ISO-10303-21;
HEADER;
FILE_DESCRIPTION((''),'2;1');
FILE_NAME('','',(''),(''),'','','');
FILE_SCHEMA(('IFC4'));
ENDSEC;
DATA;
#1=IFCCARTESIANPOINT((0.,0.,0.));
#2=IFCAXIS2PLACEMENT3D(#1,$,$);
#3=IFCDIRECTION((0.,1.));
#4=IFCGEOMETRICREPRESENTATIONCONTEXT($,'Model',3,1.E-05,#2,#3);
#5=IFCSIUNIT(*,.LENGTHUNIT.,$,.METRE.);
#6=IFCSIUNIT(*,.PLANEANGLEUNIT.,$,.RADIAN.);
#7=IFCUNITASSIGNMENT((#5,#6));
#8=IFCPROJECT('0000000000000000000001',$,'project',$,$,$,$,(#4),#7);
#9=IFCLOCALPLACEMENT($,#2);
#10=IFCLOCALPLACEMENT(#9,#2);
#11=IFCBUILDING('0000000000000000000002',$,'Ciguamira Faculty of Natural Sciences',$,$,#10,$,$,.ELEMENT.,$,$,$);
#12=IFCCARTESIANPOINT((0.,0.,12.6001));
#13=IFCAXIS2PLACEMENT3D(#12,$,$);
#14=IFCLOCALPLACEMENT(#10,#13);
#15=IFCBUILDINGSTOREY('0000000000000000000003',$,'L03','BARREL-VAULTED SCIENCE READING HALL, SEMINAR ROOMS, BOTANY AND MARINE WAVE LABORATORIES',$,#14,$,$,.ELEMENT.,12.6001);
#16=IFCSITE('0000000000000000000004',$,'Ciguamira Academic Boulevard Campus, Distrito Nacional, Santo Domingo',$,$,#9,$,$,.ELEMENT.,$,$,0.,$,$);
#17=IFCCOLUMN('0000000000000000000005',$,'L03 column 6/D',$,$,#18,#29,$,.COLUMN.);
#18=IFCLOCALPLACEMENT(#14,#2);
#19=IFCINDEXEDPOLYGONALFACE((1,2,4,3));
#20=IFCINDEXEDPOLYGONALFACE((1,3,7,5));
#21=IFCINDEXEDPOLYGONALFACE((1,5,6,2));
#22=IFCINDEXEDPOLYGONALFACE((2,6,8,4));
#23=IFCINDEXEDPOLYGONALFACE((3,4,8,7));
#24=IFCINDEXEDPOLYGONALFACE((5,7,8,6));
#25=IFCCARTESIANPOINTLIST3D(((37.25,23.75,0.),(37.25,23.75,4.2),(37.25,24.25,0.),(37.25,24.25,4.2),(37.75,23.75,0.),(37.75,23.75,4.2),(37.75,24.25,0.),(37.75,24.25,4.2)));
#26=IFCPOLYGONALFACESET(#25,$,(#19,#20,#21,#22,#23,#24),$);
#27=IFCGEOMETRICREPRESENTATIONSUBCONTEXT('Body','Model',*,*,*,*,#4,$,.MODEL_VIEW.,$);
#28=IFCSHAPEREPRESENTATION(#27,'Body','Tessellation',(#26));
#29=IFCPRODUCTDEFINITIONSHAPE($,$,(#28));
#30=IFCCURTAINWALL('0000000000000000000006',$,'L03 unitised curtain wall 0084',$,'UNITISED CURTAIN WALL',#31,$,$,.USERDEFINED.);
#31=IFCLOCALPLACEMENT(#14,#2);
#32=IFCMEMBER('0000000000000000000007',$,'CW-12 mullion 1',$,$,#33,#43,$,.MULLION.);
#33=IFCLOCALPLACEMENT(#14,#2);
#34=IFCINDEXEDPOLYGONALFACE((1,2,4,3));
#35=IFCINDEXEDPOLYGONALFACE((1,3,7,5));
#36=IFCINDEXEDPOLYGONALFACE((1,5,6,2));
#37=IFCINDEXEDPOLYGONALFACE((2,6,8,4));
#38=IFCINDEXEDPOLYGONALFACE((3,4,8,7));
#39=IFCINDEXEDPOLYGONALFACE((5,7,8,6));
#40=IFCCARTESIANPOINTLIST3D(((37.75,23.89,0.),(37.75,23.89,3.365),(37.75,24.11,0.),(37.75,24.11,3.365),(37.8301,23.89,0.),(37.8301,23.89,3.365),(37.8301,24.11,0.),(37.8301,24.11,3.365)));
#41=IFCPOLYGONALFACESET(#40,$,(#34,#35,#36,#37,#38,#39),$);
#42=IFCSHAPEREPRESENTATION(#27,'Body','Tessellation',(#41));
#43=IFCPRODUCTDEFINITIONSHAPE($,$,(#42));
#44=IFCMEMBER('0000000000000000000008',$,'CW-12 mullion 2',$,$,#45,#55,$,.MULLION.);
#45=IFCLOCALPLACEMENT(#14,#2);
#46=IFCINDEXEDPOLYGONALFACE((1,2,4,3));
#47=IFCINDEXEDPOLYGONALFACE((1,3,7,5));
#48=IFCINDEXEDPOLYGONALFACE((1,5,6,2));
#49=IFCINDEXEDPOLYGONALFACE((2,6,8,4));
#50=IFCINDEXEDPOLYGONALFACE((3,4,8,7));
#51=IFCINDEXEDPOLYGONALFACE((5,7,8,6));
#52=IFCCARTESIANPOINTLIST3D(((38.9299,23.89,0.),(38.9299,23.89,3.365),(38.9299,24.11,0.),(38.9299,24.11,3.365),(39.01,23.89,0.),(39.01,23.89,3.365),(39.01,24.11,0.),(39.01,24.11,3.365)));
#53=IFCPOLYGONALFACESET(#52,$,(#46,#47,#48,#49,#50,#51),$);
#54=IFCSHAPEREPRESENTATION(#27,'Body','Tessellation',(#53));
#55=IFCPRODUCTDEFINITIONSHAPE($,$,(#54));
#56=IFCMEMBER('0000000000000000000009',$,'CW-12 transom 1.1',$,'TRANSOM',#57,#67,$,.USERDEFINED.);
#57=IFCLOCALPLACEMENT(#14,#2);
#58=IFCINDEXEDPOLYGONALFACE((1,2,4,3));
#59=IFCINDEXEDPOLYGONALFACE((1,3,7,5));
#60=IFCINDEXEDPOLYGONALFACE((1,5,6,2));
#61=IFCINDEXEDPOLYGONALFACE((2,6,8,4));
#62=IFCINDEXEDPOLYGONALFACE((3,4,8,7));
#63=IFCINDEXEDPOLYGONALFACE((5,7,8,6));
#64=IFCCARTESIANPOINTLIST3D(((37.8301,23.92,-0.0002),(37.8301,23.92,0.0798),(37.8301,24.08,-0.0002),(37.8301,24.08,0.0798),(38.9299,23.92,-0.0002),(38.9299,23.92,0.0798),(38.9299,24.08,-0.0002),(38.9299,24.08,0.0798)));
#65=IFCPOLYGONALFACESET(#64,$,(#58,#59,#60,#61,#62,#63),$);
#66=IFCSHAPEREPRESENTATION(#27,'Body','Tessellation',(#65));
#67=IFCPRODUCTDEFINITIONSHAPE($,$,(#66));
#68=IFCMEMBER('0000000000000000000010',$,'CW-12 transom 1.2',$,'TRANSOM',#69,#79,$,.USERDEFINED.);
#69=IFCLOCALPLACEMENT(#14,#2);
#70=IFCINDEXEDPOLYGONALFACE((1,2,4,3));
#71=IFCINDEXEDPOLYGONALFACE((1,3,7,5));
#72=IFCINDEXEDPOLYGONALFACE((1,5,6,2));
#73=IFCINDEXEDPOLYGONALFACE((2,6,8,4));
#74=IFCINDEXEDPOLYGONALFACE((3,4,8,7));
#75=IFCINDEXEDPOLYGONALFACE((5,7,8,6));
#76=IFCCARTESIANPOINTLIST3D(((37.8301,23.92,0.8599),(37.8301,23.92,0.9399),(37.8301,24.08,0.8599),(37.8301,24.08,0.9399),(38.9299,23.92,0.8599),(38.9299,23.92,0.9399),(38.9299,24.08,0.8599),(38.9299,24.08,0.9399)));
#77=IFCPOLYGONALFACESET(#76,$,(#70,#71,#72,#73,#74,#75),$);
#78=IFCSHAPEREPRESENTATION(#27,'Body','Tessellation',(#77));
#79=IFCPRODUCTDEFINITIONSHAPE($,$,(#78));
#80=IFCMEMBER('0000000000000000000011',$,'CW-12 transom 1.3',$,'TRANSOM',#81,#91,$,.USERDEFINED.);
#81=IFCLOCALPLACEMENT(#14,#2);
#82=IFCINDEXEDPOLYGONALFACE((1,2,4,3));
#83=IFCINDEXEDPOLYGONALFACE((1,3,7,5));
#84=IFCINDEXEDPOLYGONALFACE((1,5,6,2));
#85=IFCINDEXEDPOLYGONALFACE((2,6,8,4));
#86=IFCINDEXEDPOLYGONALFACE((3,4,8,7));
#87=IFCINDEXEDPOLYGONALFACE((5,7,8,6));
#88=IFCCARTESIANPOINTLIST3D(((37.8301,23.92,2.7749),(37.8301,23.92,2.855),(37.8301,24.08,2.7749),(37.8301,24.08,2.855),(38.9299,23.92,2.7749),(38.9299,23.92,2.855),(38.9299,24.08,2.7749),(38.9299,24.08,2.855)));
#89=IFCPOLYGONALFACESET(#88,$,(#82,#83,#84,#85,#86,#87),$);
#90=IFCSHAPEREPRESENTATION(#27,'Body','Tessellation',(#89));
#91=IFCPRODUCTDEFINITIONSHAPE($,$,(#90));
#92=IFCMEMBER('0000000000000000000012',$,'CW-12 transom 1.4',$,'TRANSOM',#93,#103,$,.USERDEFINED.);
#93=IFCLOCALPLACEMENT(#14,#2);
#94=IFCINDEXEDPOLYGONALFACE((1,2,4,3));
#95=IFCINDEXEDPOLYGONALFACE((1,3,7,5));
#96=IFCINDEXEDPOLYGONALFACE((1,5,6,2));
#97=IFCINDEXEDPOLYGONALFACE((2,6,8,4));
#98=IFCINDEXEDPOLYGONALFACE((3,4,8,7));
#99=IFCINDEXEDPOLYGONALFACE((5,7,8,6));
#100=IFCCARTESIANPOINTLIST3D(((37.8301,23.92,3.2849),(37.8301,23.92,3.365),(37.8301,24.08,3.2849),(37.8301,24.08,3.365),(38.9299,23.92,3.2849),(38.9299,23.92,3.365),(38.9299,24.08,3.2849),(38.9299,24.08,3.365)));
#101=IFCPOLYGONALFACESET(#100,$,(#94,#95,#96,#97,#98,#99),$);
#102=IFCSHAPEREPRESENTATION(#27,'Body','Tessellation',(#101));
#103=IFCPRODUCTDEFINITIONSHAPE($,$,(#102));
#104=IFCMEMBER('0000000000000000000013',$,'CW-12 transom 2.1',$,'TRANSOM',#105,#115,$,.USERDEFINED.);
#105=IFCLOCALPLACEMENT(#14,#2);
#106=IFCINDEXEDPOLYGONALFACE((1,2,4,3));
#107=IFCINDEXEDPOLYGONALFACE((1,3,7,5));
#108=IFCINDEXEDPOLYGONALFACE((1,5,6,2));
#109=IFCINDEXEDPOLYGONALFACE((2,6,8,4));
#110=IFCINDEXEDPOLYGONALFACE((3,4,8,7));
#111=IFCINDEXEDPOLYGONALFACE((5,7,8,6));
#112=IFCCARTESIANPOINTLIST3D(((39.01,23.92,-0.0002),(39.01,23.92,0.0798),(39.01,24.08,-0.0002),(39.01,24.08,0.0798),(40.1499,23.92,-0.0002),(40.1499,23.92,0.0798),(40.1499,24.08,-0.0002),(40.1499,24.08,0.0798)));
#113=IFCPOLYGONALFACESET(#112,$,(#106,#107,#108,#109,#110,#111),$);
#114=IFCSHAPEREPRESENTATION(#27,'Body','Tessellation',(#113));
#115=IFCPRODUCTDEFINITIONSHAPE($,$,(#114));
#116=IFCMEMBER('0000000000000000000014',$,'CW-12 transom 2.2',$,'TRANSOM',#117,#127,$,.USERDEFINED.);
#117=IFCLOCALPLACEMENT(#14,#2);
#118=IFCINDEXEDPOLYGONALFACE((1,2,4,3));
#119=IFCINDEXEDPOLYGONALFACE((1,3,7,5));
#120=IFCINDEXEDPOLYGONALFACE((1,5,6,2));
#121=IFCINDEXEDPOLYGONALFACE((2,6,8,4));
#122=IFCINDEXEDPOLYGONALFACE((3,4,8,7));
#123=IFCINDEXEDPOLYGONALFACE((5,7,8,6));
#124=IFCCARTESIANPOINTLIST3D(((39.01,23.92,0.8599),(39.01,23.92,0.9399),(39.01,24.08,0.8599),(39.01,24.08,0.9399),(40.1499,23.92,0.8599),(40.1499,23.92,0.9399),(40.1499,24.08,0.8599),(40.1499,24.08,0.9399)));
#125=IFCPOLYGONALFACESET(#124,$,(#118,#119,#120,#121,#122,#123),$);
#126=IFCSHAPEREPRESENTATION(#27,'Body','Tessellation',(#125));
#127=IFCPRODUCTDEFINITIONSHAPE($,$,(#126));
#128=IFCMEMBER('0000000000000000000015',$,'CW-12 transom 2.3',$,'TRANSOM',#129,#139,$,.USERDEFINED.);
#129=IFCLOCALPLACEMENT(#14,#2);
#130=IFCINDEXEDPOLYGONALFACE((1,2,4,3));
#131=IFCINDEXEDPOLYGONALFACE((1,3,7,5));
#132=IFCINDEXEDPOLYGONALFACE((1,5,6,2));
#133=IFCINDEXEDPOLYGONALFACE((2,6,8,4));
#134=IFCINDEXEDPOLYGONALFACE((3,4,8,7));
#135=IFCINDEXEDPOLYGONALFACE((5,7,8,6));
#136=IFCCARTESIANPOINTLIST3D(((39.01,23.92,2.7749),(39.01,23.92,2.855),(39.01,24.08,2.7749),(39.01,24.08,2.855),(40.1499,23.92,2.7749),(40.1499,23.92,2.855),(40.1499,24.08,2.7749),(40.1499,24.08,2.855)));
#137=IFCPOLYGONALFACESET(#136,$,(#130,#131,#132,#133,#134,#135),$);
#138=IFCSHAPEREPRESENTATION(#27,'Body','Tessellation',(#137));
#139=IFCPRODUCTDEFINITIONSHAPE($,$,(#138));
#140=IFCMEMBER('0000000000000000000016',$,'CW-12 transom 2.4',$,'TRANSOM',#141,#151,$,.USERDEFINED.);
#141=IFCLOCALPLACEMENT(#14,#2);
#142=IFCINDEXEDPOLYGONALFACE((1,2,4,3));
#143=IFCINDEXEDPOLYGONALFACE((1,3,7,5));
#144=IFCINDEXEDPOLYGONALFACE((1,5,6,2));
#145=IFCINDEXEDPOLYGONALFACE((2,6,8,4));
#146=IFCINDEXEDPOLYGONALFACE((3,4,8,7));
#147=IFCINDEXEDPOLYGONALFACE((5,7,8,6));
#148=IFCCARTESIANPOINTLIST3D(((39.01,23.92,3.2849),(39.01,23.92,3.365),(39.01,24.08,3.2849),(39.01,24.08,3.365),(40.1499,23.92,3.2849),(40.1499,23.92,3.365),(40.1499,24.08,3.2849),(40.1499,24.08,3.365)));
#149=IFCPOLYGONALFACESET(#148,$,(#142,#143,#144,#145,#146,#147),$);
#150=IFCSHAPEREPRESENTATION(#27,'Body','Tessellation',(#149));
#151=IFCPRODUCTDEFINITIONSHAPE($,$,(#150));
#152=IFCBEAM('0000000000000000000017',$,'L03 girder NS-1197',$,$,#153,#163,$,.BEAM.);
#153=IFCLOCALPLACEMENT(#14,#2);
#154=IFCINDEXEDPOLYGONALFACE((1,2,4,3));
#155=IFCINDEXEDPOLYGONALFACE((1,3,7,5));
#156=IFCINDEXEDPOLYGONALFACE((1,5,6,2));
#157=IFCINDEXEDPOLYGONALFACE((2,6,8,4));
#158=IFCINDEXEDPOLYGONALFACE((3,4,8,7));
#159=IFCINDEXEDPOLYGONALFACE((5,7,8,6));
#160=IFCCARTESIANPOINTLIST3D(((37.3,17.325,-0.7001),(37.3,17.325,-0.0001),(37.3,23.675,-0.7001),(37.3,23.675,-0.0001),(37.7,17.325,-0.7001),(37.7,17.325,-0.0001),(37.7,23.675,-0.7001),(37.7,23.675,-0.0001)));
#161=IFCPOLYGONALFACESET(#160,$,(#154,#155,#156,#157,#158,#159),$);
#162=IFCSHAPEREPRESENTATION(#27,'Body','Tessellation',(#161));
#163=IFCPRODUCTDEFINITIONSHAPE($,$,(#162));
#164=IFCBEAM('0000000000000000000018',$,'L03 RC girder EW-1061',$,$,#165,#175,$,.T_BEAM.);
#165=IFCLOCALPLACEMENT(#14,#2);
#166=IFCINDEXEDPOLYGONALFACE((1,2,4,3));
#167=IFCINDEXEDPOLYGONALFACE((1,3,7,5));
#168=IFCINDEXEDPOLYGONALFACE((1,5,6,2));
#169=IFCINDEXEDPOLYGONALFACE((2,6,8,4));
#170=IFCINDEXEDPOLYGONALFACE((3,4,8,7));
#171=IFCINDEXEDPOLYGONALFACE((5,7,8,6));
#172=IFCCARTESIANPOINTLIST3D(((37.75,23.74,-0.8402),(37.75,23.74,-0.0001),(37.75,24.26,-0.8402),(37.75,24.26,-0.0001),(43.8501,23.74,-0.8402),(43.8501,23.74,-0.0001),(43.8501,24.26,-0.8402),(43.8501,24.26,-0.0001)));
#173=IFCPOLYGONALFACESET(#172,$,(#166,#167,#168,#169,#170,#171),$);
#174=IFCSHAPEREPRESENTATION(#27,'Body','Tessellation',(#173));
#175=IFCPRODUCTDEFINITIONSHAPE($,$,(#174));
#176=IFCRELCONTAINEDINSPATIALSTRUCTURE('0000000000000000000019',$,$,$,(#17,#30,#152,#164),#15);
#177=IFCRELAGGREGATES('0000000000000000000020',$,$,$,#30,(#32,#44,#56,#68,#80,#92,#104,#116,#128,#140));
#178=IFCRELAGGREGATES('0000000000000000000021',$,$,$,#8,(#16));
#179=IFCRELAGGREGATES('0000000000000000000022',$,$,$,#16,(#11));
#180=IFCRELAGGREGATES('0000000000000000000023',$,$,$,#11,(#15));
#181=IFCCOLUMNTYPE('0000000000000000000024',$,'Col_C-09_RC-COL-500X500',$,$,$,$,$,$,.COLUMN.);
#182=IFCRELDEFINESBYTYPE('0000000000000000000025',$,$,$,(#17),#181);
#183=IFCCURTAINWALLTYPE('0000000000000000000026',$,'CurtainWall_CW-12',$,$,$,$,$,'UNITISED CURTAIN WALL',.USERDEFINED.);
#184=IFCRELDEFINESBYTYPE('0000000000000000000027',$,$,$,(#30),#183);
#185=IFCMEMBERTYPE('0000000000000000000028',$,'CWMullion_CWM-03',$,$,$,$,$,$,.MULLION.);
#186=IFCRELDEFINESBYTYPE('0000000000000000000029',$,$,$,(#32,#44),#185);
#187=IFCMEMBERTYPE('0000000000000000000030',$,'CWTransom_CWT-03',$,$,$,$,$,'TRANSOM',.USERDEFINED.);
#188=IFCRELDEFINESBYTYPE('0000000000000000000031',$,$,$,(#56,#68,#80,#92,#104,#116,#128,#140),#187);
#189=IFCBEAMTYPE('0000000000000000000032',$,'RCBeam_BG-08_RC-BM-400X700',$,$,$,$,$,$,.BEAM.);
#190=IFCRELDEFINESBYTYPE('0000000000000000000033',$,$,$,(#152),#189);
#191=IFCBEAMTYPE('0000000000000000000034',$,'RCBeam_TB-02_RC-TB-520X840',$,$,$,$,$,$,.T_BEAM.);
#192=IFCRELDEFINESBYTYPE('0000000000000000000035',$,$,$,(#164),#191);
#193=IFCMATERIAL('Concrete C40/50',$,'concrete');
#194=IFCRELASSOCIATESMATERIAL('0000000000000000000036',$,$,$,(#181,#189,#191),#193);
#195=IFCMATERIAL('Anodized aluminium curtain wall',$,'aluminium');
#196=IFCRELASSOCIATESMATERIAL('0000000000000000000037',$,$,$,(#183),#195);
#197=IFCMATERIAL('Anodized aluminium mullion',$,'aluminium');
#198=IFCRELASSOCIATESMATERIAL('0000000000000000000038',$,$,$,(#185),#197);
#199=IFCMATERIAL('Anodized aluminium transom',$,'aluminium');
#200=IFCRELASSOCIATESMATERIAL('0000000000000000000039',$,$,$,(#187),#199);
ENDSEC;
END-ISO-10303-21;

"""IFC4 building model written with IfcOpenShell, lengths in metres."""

from ifc_helpers import new_model, si_unit, direction, frame, origin, origin_2d, place, context, subcontext, project, spatial, rectangle, extrude, material, material_profile, profile_set, type_object, element, aggregate, save


model = new_model("IFC4")

# Units and contexts
model_context = context("Model", 3, precision=1e-05, world=origin(), true_north=direction((0.0, 1.0)))
body_context = subcontext(model_context, "Body", "Model", "MODEL_VIEW")
ifc_project = project(units=[si_unit("LENGTHUNIT", "METRE"), si_unit("PLANEANGLEUNIT", "RADIAN")], contexts=[model_context])

# Site, building, storey
site_placement = place(None, origin())
site = spatial("IfcSite", under=ifc_project, at=site_placement, Name="Ciguamira Academic Boulevard Campus, Distrito Nacional, Santo Domingo", CompositionType="ELEMENT", RefElevation=0.0)
building_placement = place(site_placement, origin())
building = spatial("IfcBuilding", under=site, at=building_placement, Name="Ciguamira Faculty of Natural Sciences", CompositionType="ELEMENT")
storey_placement = place(building_placement, frame((0.0, 0.0, 12.6001)))
storey = spatial("IfcBuildingStorey", under=building, at=storey_placement, Name="L03", Description="BARREL-VAULTED SCIENCE READING HALL, SEMINAR ROOMS, BOTANY AND MARINE WAVE LABORATORIES", CompositionType="ELEMENT", Elevation=12.6001)

# Column
ifc_material_1 = material(Name="Concrete C40/50", Category="concrete")
ifc_material_profile_1 = material_profile(ifc_material_1, rectangle(XDim=0.5, YDim=0.5, at=origin_2d()), Name="RC-COL-500X500")
ifc_profile_set_1 = profile_set([ifc_material_profile_1], Name="Concrete C40/50")
column_type = type_object("IfcColumnType", Name="Col_C-09_RC-COL-500X500", PredefinedType="COLUMN", material=ifc_profile_set_1)
column_placement = place(storey_placement, frame((37.5, 24.0, 0.0), z_axis=(0.0, 0.0, 1.0), x_axis=(1.0, 0.0, 0.0)))
element("IfcColumn", 1, at=column_placement, inside=storey, type_object=column_type, Name="L03 column 6/D", PredefinedType="COLUMN", context=body_context, shape_type="SweptSolid", body=[
    extrude(rectangle(XDim=0.5, YDim=0.5, at=origin_2d()), origin(), (0.0, 0.0, 1.0), 4.2),
])

# Curtain wall, members
ifc_material_2 = material(Name="Anodized aluminium curtain wall", Category="aluminium")
curtain_wall_type = type_object("IfcCurtainWallType", Name="CurtainWall_CW-12", ElementType="UNITISED CURTAIN WALL", PredefinedType="USERDEFINED", material=ifc_material_2)
curtain_wall_placement = place(storey_placement, origin())
curtain_wall = element("IfcCurtainWall", 2, at=curtain_wall_placement, inside=storey, type_object=curtain_wall_type, Name="L03 unitised curtain wall 0084", ObjectType="UNITISED CURTAIN WALL", PredefinedType="USERDEFINED")
ifc_material_3 = material(Name="Anodized aluminium mullion", Category="aluminium")
ifc_material_profile_2 = material_profile(ifc_material_3, rectangle(XDim=0.0801, YDim=0.22, at=origin_2d()), Name="ALU-MUL-80X220")
ifc_profile_set_2 = profile_set([ifc_material_profile_2], Name="Anodized aluminium mullion")
member_type_1 = type_object("IfcMemberType", Name="CWMullion_CWM-03", PredefinedType="MULLION", material=ifc_profile_set_2)
member_1_placement = place(storey_placement, frame((37.79, 24.0, 0.0), z_axis=(0.0, 0.0, 1.0), x_axis=(1.0, 0.0, 0.0)))
member_1 = element("IfcMember", 3, at=member_1_placement, type_object=member_type_1, Name="CW-12 mullion 1", PredefinedType="MULLION", context=body_context, shape_type="SweptSolid", body=[
    extrude(rectangle(XDim=0.0801, YDim=0.22, at=origin_2d()), origin(), (0.0, 0.0, 1.0), 3.365),
])
member_2_placement = place(storey_placement, frame((38.97, 24.0, 0.0), z_axis=(0.0, 0.0, 1.0), x_axis=(1.0, 0.0, 0.0)))
member_2 = element("IfcMember", 4, at=member_2_placement, type_object=member_type_1, Name="CW-12 mullion 2", PredefinedType="MULLION", context=body_context, shape_type="SweptSolid", body=[
    extrude(rectangle(XDim=0.0801, YDim=0.22, at=origin_2d()), origin(), (0.0, 0.0, 1.0), 3.365),
])
ifc_material_4 = material(Name="Anodized aluminium transom", Category="aluminium")
ifc_material_profile_3 = material_profile(ifc_material_4, rectangle(XDim=0.0801, YDim=0.1599, at=origin_2d()), Name="ALU-TRN-80X160")
ifc_profile_set_3 = profile_set([ifc_material_profile_3], Name="Anodized aluminium transom")
member_type_2 = type_object("IfcMemberType", Name="CWTransom_CWT-03", ElementType="TRANSOM", PredefinedType="USERDEFINED", material=ifc_profile_set_3)
member_3_placement = place(storey_placement, frame((37.8301, 24.0, 0.0398), z_axis=(1.0, 0.0, 0.0), x_axis=(0.0, 0.0, 1.0)))
member_3 = element("IfcMember", 5, at=member_3_placement, type_object=member_type_2, Name="CW-12 transom 1.1", ObjectType="TRANSOM", PredefinedType="USERDEFINED", context=body_context, shape_type="SweptSolid", body=[
    extrude(rectangle(XDim=0.0801, YDim=0.1599, at=origin_2d()), origin(), (0.0, 0.0, 1.0), 1.0999),
])
member_4_placement = place(storey_placement, frame((37.8301, 24.0, 0.8999), z_axis=(1.0, 0.0, 0.0), x_axis=(0.0, 0.0, 1.0)))
member_4 = element("IfcMember", 6, at=member_4_placement, type_object=member_type_2, Name="CW-12 transom 1.2", ObjectType="TRANSOM", PredefinedType="USERDEFINED", context=body_context, shape_type="SweptSolid", body=[
    extrude(rectangle(XDim=0.0801, YDim=0.1599, at=origin_2d()), origin(), (0.0, 0.0, 1.0), 1.0999),
])
member_5_placement = place(storey_placement, frame((37.8301, 24.0, 2.8149), z_axis=(1.0, 0.0, 0.0), x_axis=(0.0, 0.0, 1.0)))
member_5 = element("IfcMember", 7, at=member_5_placement, type_object=member_type_2, Name="CW-12 transom 1.3", ObjectType="TRANSOM", PredefinedType="USERDEFINED", context=body_context, shape_type="SweptSolid", body=[
    extrude(rectangle(XDim=0.0801, YDim=0.1599, at=origin_2d()), origin(), (0.0, 0.0, 1.0), 1.0999),
])
member_6_placement = place(storey_placement, frame((37.8301, 24.0, 3.325), z_axis=(1.0, 0.0, 0.0), x_axis=(0.0, 0.0, 1.0)))
member_6 = element("IfcMember", 8, at=member_6_placement, type_object=member_type_2, Name="CW-12 transom 1.4", ObjectType="TRANSOM", PredefinedType="USERDEFINED", context=body_context, shape_type="SweptSolid", body=[
    extrude(rectangle(XDim=0.0801, YDim=0.1599, at=origin_2d()), origin(), (0.0, 0.0, 1.0), 1.0999),
])
member_7_placement = place(storey_placement, frame((39.01, 24.0, 0.0398), z_axis=(1.0, 0.0, 0.0), x_axis=(0.0, 0.0, 1.0)))
member_7 = element("IfcMember", 9, at=member_7_placement, type_object=member_type_2, Name="CW-12 transom 2.1", ObjectType="TRANSOM", PredefinedType="USERDEFINED", context=body_context, shape_type="SweptSolid", body=[
    extrude(rectangle(XDim=0.0801, YDim=0.1599, at=origin_2d()), origin(), (0.0, 0.0, 1.0), 1.1399),
])
member_8_placement = place(storey_placement, frame((39.01, 24.0, 0.8999), z_axis=(1.0, 0.0, 0.0), x_axis=(0.0, 0.0, 1.0)))
member_8 = element("IfcMember", 10, at=member_8_placement, type_object=member_type_2, Name="CW-12 transom 2.2", ObjectType="TRANSOM", PredefinedType="USERDEFINED", context=body_context, shape_type="SweptSolid", body=[
    extrude(rectangle(XDim=0.0801, YDim=0.1599, at=origin_2d()), origin(), (0.0, 0.0, 1.0), 1.1399),
])
member_9_placement = place(storey_placement, frame((39.01, 24.0, 2.8149), z_axis=(1.0, 0.0, 0.0), x_axis=(0.0, 0.0, 1.0)))
member_9 = element("IfcMember", 11, at=member_9_placement, type_object=member_type_2, Name="CW-12 transom 2.3", ObjectType="TRANSOM", PredefinedType="USERDEFINED", context=body_context, shape_type="SweptSolid", body=[
    extrude(rectangle(XDim=0.0801, YDim=0.1599, at=origin_2d()), origin(), (0.0, 0.0, 1.0), 1.1399),
])
member_10_placement = place(storey_placement, frame((39.01, 24.0, 3.325), z_axis=(1.0, 0.0, 0.0), x_axis=(0.0, 0.0, 1.0)))
member_10 = element("IfcMember", 12, at=member_10_placement, type_object=member_type_2, Name="CW-12 transom 2.4", ObjectType="TRANSOM", PredefinedType="USERDEFINED", context=body_context, shape_type="SweptSolid", body=[
    extrude(rectangle(XDim=0.0801, YDim=0.1599, at=origin_2d()), origin(), (0.0, 0.0, 1.0), 1.1399),
])

# Beams
ifc_material_profile_4 = material_profile(ifc_material_1, rectangle(XDim=0.3999, YDim=0.7, at=origin_2d()), Name="RC-BM-400X700")
ifc_profile_set_4 = profile_set([ifc_material_profile_4], Name="Concrete C40/50")
beam_type_1 = type_object("IfcBeamType", Name="RCBeam_BG-08_RC-BM-400X700", PredefinedType="BEAM", material=ifc_profile_set_4)
beam_1_placement = place(storey_placement, frame((37.5, 17.325, -0.3501), z_axis=(0.0, 1.0, 0.0), x_axis=(-1.0, 0.0, 0.0)))
element("IfcBeam", 13, at=beam_1_placement, inside=storey, type_object=beam_type_1, Name="L03 girder NS-1197", PredefinedType="BEAM", context=body_context, shape_type="SweptSolid", body=[
    extrude(rectangle(XDim=0.3999, YDim=0.7, at=origin_2d()), origin(), (0.0, 0.0, 1.0), 6.3501),
])
ifc_material_profile_5 = material_profile(ifc_material_1, rectangle(XDim=0.52, YDim=0.8401, at=origin_2d()), Name="RC-TB-520X840")
ifc_profile_set_5 = profile_set([ifc_material_profile_5], Name="Concrete C40/50")
beam_type_2 = type_object("IfcBeamType", Name="RCBeam_TB-02_RC-TB-520X840", PredefinedType="T_BEAM", material=ifc_profile_set_5)
beam_2_placement = place(storey_placement, frame((37.75, 24.0, -0.4202), z_axis=(1.0, 0.0, 0.0), x_axis=(0.0, 1.0, 0.0)))
element("IfcBeam", 14, at=beam_2_placement, inside=storey, type_object=beam_type_2, Name="L03 RC girder EW-1061", PredefinedType="T_BEAM", context=body_context, shape_type="SweptSolid", body=[
    extrude(rectangle(XDim=0.52, YDim=0.8401, at=origin_2d()), origin(), (0.0, 0.0, 1.0), 6.1001),
])

aggregate(curtain_wall, [member_1, member_2, member_3, member_4, member_5, member_6, member_7, member_8, member_9, member_10])

save(model, "model.ifc")
